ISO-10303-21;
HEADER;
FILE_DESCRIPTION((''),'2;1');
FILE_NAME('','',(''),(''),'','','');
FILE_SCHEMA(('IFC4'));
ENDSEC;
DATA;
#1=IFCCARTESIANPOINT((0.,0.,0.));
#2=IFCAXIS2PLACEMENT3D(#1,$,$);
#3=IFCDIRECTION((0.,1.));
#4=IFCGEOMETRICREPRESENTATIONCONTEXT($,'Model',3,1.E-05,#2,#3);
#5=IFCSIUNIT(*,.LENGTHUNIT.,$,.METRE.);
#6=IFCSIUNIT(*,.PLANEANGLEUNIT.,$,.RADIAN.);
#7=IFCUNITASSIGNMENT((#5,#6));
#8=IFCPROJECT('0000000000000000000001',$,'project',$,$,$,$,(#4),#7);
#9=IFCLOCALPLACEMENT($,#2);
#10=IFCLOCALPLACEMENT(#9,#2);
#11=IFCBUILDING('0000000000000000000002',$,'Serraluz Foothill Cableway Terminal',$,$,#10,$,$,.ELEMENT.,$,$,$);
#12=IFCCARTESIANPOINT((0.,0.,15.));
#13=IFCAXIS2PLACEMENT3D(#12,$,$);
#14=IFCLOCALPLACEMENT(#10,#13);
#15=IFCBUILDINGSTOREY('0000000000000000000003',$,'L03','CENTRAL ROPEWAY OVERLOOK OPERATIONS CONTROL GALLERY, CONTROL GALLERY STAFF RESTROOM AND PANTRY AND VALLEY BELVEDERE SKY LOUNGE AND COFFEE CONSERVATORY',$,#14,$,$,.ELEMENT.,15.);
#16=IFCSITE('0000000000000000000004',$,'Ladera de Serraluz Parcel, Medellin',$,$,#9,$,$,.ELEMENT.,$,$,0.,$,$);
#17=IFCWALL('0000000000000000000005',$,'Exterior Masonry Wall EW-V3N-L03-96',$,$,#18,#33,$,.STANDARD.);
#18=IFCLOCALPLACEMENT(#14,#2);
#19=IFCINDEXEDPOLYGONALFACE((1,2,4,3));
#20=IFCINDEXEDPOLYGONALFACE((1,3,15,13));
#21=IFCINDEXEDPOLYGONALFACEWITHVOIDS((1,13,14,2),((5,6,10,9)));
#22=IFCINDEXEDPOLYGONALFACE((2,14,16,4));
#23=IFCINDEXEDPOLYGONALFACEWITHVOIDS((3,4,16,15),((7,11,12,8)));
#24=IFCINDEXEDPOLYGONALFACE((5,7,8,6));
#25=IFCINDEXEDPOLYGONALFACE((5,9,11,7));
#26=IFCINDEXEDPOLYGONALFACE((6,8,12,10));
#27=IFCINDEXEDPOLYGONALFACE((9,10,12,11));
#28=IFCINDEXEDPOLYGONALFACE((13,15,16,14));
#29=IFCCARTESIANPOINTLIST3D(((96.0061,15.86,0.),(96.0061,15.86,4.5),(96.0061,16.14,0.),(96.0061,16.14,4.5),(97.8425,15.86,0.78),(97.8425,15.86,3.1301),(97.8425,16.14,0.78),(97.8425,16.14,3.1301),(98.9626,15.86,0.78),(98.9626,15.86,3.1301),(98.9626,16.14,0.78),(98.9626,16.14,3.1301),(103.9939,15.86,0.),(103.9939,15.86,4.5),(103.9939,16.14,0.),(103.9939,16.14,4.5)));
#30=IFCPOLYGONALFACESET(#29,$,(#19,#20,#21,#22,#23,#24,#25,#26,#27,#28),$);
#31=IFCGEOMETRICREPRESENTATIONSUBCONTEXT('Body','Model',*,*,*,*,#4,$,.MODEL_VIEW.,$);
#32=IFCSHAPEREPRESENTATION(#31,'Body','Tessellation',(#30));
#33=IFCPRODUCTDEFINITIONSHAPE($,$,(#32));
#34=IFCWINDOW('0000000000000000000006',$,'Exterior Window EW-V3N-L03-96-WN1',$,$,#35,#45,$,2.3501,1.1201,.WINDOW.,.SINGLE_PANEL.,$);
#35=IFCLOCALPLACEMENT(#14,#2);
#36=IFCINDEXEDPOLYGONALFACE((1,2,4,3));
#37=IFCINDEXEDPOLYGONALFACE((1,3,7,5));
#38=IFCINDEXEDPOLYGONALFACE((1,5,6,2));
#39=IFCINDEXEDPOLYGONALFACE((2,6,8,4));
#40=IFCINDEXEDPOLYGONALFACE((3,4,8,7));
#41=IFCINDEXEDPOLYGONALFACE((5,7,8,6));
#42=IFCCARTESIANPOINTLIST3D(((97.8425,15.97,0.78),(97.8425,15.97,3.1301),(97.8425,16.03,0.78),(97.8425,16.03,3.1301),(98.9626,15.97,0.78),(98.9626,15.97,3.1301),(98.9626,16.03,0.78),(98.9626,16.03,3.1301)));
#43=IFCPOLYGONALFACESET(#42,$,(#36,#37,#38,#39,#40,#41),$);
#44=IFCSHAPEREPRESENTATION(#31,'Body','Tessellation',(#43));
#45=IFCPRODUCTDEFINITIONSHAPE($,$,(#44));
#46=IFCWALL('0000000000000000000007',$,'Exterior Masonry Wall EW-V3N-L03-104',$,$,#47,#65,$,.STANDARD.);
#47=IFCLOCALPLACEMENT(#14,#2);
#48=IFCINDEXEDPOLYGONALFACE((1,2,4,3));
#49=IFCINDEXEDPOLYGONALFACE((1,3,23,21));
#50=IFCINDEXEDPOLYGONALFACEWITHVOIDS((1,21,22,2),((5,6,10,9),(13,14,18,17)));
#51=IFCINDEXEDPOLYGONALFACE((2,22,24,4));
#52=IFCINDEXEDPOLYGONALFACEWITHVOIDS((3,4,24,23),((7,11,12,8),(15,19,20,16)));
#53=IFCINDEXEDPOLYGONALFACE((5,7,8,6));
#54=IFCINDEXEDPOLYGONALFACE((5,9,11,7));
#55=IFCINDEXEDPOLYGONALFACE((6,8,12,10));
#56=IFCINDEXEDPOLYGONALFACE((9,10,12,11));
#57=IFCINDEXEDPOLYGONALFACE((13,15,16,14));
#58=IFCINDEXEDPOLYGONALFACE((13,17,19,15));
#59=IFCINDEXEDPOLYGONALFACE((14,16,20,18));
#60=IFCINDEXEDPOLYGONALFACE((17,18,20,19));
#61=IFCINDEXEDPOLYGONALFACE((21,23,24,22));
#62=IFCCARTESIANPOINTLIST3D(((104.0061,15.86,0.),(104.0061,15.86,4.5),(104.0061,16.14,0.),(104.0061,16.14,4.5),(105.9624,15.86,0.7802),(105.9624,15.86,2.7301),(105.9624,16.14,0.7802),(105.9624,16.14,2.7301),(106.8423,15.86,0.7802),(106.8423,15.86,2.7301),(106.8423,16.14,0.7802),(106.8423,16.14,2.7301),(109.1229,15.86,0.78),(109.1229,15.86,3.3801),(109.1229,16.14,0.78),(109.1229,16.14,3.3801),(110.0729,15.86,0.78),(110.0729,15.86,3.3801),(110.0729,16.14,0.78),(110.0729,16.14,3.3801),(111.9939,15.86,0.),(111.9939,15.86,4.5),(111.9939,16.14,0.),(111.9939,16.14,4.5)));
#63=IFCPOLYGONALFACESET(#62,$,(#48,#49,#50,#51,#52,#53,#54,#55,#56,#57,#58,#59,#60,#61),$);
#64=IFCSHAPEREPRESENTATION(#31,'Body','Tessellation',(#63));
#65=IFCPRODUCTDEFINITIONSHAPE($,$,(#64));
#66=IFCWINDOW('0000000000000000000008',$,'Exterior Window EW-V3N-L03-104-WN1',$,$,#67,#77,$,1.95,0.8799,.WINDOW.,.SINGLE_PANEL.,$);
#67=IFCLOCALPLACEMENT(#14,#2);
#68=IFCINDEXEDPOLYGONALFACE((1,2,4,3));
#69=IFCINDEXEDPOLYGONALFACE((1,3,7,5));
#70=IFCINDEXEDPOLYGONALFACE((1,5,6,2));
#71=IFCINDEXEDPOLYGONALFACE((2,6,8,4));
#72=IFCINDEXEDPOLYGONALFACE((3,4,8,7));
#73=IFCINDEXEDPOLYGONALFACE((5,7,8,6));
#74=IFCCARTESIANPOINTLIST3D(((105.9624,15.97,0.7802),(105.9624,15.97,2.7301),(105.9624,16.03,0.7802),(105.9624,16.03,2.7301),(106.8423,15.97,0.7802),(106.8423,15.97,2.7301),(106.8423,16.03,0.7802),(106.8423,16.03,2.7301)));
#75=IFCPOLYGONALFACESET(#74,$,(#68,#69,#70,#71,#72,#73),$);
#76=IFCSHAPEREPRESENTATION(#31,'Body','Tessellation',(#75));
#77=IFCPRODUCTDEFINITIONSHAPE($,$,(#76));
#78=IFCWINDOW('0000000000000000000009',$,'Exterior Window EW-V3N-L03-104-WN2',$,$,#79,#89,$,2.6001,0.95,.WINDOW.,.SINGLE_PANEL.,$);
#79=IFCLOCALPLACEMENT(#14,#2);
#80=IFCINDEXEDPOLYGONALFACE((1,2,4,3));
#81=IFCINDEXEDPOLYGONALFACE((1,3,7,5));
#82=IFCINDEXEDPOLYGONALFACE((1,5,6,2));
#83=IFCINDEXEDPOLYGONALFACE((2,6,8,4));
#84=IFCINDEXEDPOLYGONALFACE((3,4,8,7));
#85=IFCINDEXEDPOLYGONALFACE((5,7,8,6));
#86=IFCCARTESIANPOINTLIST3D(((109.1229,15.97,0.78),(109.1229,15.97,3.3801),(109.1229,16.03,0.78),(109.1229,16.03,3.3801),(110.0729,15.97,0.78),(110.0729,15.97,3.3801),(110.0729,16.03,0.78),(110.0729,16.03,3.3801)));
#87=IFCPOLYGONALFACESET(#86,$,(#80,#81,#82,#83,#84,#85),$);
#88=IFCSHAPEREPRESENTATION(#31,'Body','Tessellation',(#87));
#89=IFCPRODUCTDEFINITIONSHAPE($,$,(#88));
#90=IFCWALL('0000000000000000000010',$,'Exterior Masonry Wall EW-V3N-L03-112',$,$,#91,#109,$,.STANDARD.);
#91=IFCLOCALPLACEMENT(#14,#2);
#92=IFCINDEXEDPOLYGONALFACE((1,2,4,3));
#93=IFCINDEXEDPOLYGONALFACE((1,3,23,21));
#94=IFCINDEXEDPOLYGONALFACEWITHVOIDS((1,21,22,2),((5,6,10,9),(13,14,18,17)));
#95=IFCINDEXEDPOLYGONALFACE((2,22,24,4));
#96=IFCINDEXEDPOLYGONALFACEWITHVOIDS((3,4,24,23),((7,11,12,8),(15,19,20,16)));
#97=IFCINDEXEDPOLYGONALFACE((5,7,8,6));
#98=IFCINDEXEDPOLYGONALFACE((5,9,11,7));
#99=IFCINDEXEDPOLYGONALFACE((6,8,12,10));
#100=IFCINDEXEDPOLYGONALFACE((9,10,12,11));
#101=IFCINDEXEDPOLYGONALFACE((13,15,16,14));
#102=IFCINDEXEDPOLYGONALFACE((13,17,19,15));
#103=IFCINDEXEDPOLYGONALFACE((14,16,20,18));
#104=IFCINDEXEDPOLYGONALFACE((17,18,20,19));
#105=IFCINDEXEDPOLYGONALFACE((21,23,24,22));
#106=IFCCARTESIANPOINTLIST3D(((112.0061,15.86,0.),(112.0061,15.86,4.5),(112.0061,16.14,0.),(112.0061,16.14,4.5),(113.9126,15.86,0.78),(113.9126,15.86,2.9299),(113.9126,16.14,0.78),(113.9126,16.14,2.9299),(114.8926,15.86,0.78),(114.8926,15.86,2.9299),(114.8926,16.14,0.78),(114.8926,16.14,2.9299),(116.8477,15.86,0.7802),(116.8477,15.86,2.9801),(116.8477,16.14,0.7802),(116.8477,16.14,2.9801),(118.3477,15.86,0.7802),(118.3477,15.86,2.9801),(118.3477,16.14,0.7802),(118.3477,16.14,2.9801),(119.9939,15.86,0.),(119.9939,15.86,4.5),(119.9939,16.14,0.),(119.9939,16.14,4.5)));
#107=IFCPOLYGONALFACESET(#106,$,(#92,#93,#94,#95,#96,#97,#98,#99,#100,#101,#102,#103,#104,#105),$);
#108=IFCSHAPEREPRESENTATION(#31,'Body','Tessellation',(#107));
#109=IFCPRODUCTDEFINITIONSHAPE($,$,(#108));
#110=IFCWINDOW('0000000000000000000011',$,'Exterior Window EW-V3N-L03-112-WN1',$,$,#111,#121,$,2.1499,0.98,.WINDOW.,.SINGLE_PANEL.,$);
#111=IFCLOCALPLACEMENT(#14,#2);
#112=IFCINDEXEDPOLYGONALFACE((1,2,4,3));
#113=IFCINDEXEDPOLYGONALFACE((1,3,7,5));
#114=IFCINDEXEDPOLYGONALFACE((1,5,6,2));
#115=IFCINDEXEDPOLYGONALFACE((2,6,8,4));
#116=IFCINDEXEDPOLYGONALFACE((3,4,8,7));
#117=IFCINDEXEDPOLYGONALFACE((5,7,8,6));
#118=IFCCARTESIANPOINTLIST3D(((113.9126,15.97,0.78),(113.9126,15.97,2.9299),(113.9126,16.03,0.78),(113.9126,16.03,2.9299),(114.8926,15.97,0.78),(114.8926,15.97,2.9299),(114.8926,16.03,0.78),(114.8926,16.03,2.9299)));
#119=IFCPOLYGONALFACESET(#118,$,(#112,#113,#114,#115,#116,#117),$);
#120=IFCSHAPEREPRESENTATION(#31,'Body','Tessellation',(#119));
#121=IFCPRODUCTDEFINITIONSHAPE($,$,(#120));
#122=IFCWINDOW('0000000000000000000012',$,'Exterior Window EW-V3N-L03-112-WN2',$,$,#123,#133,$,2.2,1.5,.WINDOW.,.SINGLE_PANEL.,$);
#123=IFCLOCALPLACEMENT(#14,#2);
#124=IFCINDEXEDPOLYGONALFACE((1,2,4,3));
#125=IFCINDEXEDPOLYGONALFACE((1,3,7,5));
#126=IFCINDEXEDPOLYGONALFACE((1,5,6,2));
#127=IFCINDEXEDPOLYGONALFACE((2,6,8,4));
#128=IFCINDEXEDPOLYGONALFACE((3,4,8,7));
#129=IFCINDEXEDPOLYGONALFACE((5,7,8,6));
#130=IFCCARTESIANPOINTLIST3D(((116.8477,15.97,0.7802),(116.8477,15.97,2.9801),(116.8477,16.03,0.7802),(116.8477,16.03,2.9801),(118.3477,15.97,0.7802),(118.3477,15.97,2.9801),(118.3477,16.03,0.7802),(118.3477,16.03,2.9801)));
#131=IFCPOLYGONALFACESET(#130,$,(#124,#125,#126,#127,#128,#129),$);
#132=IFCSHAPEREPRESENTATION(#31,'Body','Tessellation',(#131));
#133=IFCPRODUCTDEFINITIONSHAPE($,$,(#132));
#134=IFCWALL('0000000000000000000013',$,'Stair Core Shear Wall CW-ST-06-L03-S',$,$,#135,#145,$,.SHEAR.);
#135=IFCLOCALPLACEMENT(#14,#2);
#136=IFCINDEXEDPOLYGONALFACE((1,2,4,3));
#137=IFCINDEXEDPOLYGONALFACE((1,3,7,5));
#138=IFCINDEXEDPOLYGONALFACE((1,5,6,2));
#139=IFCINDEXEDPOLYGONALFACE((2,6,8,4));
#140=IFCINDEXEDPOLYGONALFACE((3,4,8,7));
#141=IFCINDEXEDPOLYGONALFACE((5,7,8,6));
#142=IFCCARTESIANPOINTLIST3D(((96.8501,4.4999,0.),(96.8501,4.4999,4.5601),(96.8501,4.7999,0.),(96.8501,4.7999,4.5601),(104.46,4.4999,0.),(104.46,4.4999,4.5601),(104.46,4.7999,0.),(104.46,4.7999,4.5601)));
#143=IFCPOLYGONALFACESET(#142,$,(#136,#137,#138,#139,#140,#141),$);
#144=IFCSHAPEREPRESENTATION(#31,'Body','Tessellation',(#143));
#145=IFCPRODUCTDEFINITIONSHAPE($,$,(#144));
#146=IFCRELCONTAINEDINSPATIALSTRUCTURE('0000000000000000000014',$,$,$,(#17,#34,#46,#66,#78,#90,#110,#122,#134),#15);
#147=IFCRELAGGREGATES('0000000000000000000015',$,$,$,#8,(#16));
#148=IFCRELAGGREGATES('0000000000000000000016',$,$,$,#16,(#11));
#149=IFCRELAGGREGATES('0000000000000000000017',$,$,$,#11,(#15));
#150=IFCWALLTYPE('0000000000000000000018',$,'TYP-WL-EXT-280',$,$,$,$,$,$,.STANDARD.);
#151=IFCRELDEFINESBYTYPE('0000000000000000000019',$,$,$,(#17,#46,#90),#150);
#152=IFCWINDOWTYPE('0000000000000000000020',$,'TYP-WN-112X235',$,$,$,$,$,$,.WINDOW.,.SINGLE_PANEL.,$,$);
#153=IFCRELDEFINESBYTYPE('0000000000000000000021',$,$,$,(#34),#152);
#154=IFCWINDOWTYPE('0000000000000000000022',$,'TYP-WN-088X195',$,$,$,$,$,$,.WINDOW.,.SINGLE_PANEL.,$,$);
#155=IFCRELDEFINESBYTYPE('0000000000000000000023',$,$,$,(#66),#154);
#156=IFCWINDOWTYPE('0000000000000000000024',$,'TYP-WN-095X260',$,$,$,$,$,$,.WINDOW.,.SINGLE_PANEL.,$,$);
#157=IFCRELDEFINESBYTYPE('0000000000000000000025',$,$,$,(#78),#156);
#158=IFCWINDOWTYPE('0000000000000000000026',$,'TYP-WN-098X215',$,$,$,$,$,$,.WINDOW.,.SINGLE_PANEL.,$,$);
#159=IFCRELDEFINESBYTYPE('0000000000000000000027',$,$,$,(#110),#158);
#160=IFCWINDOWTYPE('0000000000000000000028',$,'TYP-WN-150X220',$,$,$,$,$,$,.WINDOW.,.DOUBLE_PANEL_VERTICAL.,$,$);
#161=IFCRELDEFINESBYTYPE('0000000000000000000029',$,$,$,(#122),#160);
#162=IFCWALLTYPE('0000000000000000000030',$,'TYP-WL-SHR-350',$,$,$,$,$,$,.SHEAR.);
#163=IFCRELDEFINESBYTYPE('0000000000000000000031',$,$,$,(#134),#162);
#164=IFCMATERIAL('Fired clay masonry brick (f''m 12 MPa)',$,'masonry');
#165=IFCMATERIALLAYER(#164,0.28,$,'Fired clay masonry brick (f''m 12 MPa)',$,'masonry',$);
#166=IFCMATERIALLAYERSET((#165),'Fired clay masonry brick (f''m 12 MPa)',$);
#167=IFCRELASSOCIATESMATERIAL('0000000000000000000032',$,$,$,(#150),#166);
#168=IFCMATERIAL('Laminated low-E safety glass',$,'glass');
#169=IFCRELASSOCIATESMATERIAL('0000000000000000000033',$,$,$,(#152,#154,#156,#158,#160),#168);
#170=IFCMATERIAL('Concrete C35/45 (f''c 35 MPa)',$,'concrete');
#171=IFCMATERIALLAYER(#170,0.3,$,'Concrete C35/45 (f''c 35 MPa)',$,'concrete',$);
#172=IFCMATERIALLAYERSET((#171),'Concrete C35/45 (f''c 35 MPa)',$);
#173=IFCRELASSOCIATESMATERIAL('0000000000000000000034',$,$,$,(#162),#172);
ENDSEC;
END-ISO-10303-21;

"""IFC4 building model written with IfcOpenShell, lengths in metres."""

from ifc_helpers import new_model, si_unit, direction, frame, frame_2d, origin, place, context, subcontext, project, spatial, rectangle, extrude, material, layer, layer_set, type_object, element, fill, save


model = new_model("IFC4")

# Units and contexts
model_context = context("Model", 3, precision=1e-05, world=origin(), true_north=direction((0.0, 1.0)))
body_context = subcontext(model_context, "Body", "Model", "MODEL_VIEW")
ifc_project = project(units=[si_unit("LENGTHUNIT", "METRE"), si_unit("PLANEANGLEUNIT", "RADIAN")], contexts=[model_context])

# Site, building, storey
site_placement = place(None, origin())
site = spatial("IfcSite", under=ifc_project, at=site_placement, Name="Ladera de Serraluz Parcel, Medellin", CompositionType="ELEMENT", RefElevation=0.0)
building_placement = place(site_placement, origin())
building = spatial("IfcBuilding", under=site, at=building_placement, Name="Serraluz Foothill Cableway Terminal", CompositionType="ELEMENT")
storey_placement = place(building_placement, frame((0.0, 0.0, 15.0)))
storey = spatial("IfcBuildingStorey", under=building, at=storey_placement, Name="L03", Description="CENTRAL ROPEWAY OVERLOOK OPERATIONS CONTROL GALLERY, CONTROL GALLERY STAFF RESTROOM AND PANTRY AND VALLEY BELVEDERE SKY LOUNGE AND COFFEE CONSERVATORY", CompositionType="ELEMENT", Elevation=15.0)

# Shared definitions
ifc_material_1 = material(Name="Fired clay masonry brick (f'm 12 MPa)", Category="masonry")

# Wall, opening, window
ifc_layer_1 = layer(ifc_material_1, 0.28, Name="Fired clay masonry brick (f'm 12 MPa)", Category="masonry")
ifc_layer_set_1 = layer_set([ifc_layer_1], Name="Fired clay masonry brick (f'm 12 MPa)")
wall_type_1 = type_object("IfcWallType", Name="TYP-WL-EXT-280", PredefinedType="STANDARD", material=ifc_layer_set_1)
wall_1_placement = place(storey_placement, frame((96.0061, 16.0, 0.0), z_axis=(0.0, 0.0, 1.0), x_axis=(1.0, 0.0, 0.0)))
wall_1 = element("IfcWall", 1, at=wall_1_placement, inside=storey, type_object=wall_type_1, Name="Exterior Masonry Wall EW-V3N-L03-96", PredefinedType="STANDARD", context=body_context, shape_type="SweptSolid", body=[
    extrude(rectangle(XDim=7.9878, YDim=0.28, at=frame_2d((3.9939, 0.0))), origin(), (0.0, 0.0, 1.0), 4.5),
])
opening_1_placement = place(wall_1_placement, frame((1.8364, 0.0, 0.78)))
opening_1 = element("IfcOpeningElement", 2, at=opening_1_placement, cuts=wall_1, PredefinedType="OPENING", context=body_context, shape_type="SweptSolid", body=[
    extrude(rectangle(XDim=1.1201, YDim=2.3501, at=frame_2d((0.5601, 1.175))), frame((0.0, 0.1499, 0.0), z_axis=(0.0, -1.0, 0.0), x_axis=(1.0, 0.0, 0.0)), (0.0, 0.0, 1.0), 0.3),
])
ifc_material_2 = material(Name="Laminated low-E safety glass", Category="glass")
window_type_1 = type_object("IfcWindowType", Name="TYP-WN-112X235", PartitioningType="SINGLE_PANEL", PredefinedType="WINDOW", material=ifc_material_2)
window_1_placement = place(opening_1_placement, origin())
window_1 = element("IfcWindow", 3, at=window_1_placement, inside=storey, type_object=window_type_1, Name="Exterior Window EW-V3N-L03-96-WN1", OverallHeight=2.3501, OverallWidth=1.1201, PartitioningType="SINGLE_PANEL", PredefinedType="WINDOW", context=body_context, shape_type="SweptSolid", body=[
    extrude(rectangle(XDim=1.1201, YDim=2.3501, at=frame_2d((0.5601, 1.175))), frame((0.0, 0.03, 0.0), z_axis=(0.0, -1.0, 0.0), x_axis=(1.0, 0.0, 0.0)), (0.0, 0.0, 1.0), 0.0601),
])
fill(opening_1, window_1)

# Walls, openings, windows
wall_2_placement = place(storey_placement, frame((104.0061, 16.0, 0.0), z_axis=(0.0, 0.0, 1.0), x_axis=(1.0, 0.0, 0.0)))
wall_2 = element("IfcWall", 4, at=wall_2_placement, inside=storey, type_object=wall_type_1, Name="Exterior Masonry Wall EW-V3N-L03-104", PredefinedType="STANDARD", context=body_context, shape_type="SweptSolid", body=[
    extrude(rectangle(XDim=7.9878, YDim=0.28, at=frame_2d((3.9939, 0.0))), origin(), (0.0, 0.0, 1.0), 4.5),
])
opening_2_placement = place(wall_2_placement, frame((1.9563, 0.0, 0.78)))
opening_2 = element("IfcOpeningElement", 5, at=opening_2_placement, cuts=wall_2, PredefinedType="OPENING", context=body_context, shape_type="SweptSolid", body=[
    extrude(rectangle(XDim=0.8799, YDim=1.95, at=frame_2d((0.4399, 0.9751))), frame((0.0, 0.1499, 0.0), z_axis=(0.0, -1.0, 0.0), x_axis=(1.0, 0.0, 0.0)), (0.0, 0.0, 1.0), 0.3),
])
opening_3_placement = place(wall_2_placement, frame((5.1167, 0.0, 0.78)))
opening_3 = element("IfcOpeningElement", 6, at=opening_3_placement, cuts=wall_2, PredefinedType="OPENING", context=body_context, shape_type="SweptSolid", body=[
    extrude(rectangle(XDim=0.95, YDim=2.6001, at=frame_2d((0.4751, 1.3))), frame((0.0, 0.1499, 0.0), z_axis=(0.0, -1.0, 0.0), x_axis=(1.0, 0.0, 0.0)), (0.0, 0.0, 1.0), 0.3),
])
window_type_2 = type_object("IfcWindowType", Name="TYP-WN-088X195", PartitioningType="SINGLE_PANEL", PredefinedType="WINDOW", material=ifc_material_2)
window_2_placement = place(opening_2_placement, origin())
window_2 = element("IfcWindow", 7, at=window_2_placement, inside=storey, type_object=window_type_2, Name="Exterior Window EW-V3N-L03-104-WN1", OverallHeight=1.95, OverallWidth=0.8799, PartitioningType="SINGLE_PANEL", PredefinedType="WINDOW", context=body_context, shape_type="SweptSolid", body=[
    extrude(rectangle(XDim=0.8799, YDim=1.95, at=frame_2d((0.4399, 0.9751))), frame((0.0, 0.03, 0.0), z_axis=(0.0, -1.0, 0.0), x_axis=(1.0, 0.0, 0.0)), (0.0, 0.0, 1.0), 0.0601),
])
fill(opening_2, window_2)
window_type_3 = type_object("IfcWindowType", Name="TYP-WN-095X260", PartitioningType="SINGLE_PANEL", PredefinedType="WINDOW", material=ifc_material_2)
window_3_placement = place(opening_3_placement, origin())
window_3 = element("IfcWindow", 8, at=window_3_placement, inside=storey, type_object=window_type_3, Name="Exterior Window EW-V3N-L03-104-WN2", OverallHeight=2.6001, OverallWidth=0.95, PartitioningType="SINGLE_PANEL", PredefinedType="WINDOW", context=body_context, shape_type="SweptSolid", body=[
    extrude(rectangle(XDim=0.95, YDim=2.6001, at=frame_2d((0.4751, 1.3))), frame((0.0, 0.03, 0.0), z_axis=(0.0, -1.0, 0.0), x_axis=(1.0, 0.0, 0.0)), (0.0, 0.0, 1.0), 0.0601),
])
fill(opening_3, window_3)
wall_3_placement = place(storey_placement, frame((112.0061, 16.0, 0.0), z_axis=(0.0, 0.0, 1.0), x_axis=(1.0, 0.0, 0.0)))
wall_3 = element("IfcWall", 9, at=wall_3_placement, inside=storey, type_object=wall_type_1, Name="Exterior Masonry Wall EW-V3N-L03-112", PredefinedType="STANDARD", context=body_context, shape_type="SweptSolid", body=[
    extrude(rectangle(XDim=7.9878, YDim=0.28, at=frame_2d((3.9939, 0.0))), origin(), (0.0, 0.0, 1.0), 4.5),
])
opening_4_placement = place(wall_3_placement, frame((1.9065, 0.0, 0.78)))
opening_4 = element("IfcOpeningElement", 10, at=opening_4_placement, cuts=wall_3, PredefinedType="OPENING", context=body_context, shape_type="SweptSolid", body=[
    extrude(rectangle(XDim=0.98, YDim=2.1499, at=frame_2d((0.49, 1.075))), frame((0.0, 0.1499, 0.0), z_axis=(0.0, -1.0, 0.0), x_axis=(1.0, 0.0, 0.0)), (0.0, 0.0, 1.0), 0.3),
])
opening_5_placement = place(wall_3_placement, frame((4.8416, 0.0, 0.78)))
opening_5 = element("IfcOpeningElement", 11, at=opening_5_placement, cuts=wall_3, PredefinedType="OPENING", context=body_context, shape_type="SweptSolid", body=[
    extrude(rectangle(XDim=1.5, YDim=2.2, at=frame_2d((0.75, 1.1001))), frame((0.0, 0.1499, 0.0), z_axis=(0.0, -1.0, 0.0), x_axis=(1.0, 0.0, 0.0)), (0.0, 0.0, 1.0), 0.3),
])
window_type_4 = type_object("IfcWindowType", Name="TYP-WN-098X215", PartitioningType="SINGLE_PANEL", PredefinedType="WINDOW", material=ifc_material_2)
window_4_placement = place(opening_4_placement, origin())
window_4 = element("IfcWindow", 12, at=window_4_placement, inside=storey, type_object=window_type_4, Name="Exterior Window EW-V3N-L03-112-WN1", OverallHeight=2.1499, OverallWidth=0.98, PartitioningType="SINGLE_PANEL", PredefinedType="WINDOW", context=body_context, shape_type="SweptSolid", body=[
    extrude(rectangle(XDim=0.98, YDim=2.1499, at=frame_2d((0.49, 1.075))), frame((0.0, 0.03, 0.0), z_axis=(0.0, -1.0, 0.0), x_axis=(1.0, 0.0, 0.0)), (0.0, 0.0, 1.0), 0.0601),
])
fill(opening_4, window_4)
window_type_5 = type_object("IfcWindowType", Name="TYP-WN-150X220", PartitioningType="DOUBLE_PANEL_VERTICAL", PredefinedType="WINDOW", material=ifc_material_2)
window_5_placement = place(opening_5_placement, origin())
window_5 = element("IfcWindow", 13, at=window_5_placement, inside=storey, type_object=window_type_5, Name="Exterior Window EW-V3N-L03-112-WN2", OverallHeight=2.2, OverallWidth=1.5, PartitioningType="SINGLE_PANEL", PredefinedType="WINDOW", context=body_context, shape_type="SweptSolid", body=[
    extrude(rectangle(XDim=1.5, YDim=2.2, at=frame_2d((0.75, 1.1001))), frame((0.0, 0.03, 0.0), z_axis=(0.0, -1.0, 0.0), x_axis=(1.0, 0.0, 0.0)), (0.0, 0.0, 1.0), 0.0601),
])
fill(opening_5, window_5)

# Wall
ifc_material_3 = material(Name="Concrete C35/45 (f'c 35 MPa)", Category="concrete")
ifc_layer_2 = layer(ifc_material_3, 0.3, Name="Concrete C35/45 (f'c 35 MPa)", Category="concrete")
ifc_layer_set_2 = layer_set([ifc_layer_2], Name="Concrete C35/45 (f'c 35 MPa)")
wall_type_2 = type_object("IfcWallType", Name="TYP-WL-SHR-350", PredefinedType="SHEAR", material=ifc_layer_set_2)
wall_4_placement = place(storey_placement, frame((104.46, 4.6499, 0.0), z_axis=(0.0, 0.0, 1.0), x_axis=(-1.0, 0.0, 0.0)))
element("IfcWall", 14, at=wall_4_placement, inside=storey, type_object=wall_type_2, Name="Stair Core Shear Wall CW-ST-06-L03-S", PredefinedType="SHEAR", context=body_context, shape_type="SweptSolid", body=[
    extrude(rectangle(XDim=7.6099, YDim=0.3, at=frame_2d((3.8049, 0.0))), origin(), (0.0, 0.0, 1.0), 4.5601),
])

save(model, "model.ifc")
